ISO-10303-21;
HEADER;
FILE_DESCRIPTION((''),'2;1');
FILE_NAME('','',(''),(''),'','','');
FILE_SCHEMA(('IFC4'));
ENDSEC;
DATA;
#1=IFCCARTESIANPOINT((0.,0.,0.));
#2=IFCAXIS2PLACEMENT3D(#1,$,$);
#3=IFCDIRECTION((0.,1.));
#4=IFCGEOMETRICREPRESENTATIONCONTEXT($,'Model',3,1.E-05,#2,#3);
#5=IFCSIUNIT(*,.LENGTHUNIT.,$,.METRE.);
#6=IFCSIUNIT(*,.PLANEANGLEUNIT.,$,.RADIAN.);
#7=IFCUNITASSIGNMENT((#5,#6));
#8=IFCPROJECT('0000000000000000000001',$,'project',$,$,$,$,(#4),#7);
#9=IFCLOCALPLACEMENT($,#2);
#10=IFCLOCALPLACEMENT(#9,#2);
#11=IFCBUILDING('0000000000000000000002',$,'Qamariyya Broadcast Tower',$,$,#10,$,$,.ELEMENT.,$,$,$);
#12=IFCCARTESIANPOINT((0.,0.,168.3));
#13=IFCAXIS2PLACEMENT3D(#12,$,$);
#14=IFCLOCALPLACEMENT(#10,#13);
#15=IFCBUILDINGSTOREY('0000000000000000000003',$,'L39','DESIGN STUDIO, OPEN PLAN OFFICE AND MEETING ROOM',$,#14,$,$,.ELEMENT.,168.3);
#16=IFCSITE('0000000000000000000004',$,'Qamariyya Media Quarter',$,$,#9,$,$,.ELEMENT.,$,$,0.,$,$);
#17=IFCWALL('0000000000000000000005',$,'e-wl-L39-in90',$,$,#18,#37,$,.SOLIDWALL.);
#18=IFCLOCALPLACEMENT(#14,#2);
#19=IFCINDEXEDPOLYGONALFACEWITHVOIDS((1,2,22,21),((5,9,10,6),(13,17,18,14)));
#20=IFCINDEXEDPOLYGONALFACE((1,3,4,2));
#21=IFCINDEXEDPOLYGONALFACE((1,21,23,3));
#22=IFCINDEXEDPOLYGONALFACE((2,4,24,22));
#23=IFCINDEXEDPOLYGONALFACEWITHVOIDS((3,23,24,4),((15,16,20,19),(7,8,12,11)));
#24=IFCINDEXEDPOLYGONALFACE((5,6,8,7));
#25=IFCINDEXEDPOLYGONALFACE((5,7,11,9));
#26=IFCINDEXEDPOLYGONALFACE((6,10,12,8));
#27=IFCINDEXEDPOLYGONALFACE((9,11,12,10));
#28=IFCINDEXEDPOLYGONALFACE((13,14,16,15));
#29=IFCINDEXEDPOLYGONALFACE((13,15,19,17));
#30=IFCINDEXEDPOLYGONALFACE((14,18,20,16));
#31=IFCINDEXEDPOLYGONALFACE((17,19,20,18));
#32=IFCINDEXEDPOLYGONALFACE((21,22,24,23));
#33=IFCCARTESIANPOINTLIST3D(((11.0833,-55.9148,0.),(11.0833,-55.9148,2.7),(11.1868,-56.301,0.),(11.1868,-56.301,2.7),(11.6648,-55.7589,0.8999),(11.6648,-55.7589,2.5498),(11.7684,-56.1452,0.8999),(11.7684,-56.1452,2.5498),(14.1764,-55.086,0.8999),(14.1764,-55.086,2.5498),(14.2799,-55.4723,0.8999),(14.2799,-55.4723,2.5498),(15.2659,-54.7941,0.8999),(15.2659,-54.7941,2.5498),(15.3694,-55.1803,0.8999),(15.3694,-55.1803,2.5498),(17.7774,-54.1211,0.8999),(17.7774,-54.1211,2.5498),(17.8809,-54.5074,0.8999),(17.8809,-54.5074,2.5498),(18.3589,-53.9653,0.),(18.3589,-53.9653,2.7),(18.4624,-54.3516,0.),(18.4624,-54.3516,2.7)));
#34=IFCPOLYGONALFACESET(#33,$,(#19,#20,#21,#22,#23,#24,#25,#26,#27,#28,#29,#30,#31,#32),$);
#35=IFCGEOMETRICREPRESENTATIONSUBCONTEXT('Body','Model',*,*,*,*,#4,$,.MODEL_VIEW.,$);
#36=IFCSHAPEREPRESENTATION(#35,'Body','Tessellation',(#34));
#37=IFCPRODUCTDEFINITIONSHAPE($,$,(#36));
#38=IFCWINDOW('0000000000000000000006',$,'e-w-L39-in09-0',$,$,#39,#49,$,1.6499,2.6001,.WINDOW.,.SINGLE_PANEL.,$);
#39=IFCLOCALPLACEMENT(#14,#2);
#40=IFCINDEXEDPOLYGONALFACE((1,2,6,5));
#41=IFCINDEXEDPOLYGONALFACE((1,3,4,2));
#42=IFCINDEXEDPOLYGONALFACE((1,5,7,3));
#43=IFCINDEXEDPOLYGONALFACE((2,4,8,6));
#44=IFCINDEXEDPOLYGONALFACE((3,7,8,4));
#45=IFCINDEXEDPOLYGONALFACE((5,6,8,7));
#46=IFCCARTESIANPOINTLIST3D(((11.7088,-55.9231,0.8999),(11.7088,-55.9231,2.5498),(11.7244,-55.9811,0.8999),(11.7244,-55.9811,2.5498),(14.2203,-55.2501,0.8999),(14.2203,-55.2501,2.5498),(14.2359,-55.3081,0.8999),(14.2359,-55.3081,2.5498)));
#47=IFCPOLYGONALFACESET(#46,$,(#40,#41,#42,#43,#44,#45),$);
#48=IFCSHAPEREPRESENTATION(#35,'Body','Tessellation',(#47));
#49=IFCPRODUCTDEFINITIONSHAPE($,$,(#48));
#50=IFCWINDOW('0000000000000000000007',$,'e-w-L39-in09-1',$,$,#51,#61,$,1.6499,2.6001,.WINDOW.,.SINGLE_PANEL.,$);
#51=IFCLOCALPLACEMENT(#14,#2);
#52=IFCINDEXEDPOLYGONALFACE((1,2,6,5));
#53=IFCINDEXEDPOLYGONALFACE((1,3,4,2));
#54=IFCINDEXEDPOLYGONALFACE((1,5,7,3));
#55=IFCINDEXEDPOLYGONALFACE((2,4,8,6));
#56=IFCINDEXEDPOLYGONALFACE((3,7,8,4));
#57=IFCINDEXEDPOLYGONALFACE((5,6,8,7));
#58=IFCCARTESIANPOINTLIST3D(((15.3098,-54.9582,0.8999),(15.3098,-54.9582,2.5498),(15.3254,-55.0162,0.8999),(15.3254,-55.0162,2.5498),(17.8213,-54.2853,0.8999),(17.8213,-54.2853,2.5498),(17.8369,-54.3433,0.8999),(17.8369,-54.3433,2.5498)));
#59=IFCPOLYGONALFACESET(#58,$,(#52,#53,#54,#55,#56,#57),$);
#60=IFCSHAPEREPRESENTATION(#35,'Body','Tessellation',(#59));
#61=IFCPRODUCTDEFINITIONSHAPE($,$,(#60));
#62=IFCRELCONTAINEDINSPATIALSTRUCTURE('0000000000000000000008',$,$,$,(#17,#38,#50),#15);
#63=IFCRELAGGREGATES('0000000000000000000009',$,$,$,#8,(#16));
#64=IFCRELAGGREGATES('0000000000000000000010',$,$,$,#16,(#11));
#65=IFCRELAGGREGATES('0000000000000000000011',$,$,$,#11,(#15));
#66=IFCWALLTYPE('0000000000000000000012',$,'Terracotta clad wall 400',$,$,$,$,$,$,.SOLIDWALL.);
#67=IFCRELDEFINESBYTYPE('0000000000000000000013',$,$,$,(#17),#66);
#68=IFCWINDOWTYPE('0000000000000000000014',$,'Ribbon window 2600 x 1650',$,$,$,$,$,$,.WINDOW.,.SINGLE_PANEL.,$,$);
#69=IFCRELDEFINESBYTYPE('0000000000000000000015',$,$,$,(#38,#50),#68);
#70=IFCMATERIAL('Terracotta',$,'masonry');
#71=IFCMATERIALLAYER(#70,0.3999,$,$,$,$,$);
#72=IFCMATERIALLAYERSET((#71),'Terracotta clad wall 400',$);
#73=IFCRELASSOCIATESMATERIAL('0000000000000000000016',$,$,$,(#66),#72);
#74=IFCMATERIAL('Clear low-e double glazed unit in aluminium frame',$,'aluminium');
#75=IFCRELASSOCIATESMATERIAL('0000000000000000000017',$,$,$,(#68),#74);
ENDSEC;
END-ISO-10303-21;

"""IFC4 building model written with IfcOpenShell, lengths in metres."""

from ifc_helpers import new_model, si_unit, direction, frame, frame_2d, origin, place, context, subcontext, project, spatial, rectangle, extrude, material, layer, layer_set, type_object, element, fill, save


model = new_model("IFC4")

# Units and contexts
model_context = context("Model", 3, precision=1e-05, world=origin(), true_north=direction((0.0, 1.0)))
body_context = subcontext(model_context, "Body", "Model", "MODEL_VIEW")
ifc_project = project(units=[si_unit("LENGTHUNIT", "METRE"), si_unit("PLANEANGLEUNIT", "RADIAN")], contexts=[model_context])

# Site, building, storey
site_placement = place(None, origin())
site = spatial("IfcSite", under=ifc_project, at=site_placement, Name="Qamariyya Media Quarter", CompositionType="ELEMENT", RefElevation=0.0)
building_placement = place(site_placement, origin())
building = spatial("IfcBuilding", under=site, at=building_placement, Name="Qamariyya Broadcast Tower", CompositionType="ELEMENT")
storey_placement = place(building_placement, frame((0.0, 0.0, 168.3)))
storey = spatial("IfcBuildingStorey", under=building, at=storey_placement, Name="L39", Description="DESIGN STUDIO, OPEN PLAN OFFICE AND MEETING ROOM", CompositionType="ELEMENT", Elevation=168.3)

# Wall, openings, windows
ifc_material_1 = material(Name="Terracotta", Category="masonry")
ifc_layer_1 = layer(ifc_material_1, 0.3999)
ifc_layer_set_1 = layer_set([ifc_layer_1], Name="Terracotta clad wall 400")
wall_type_1 = type_object("IfcWallType", Name="Terracotta clad wall 400", PredefinedType="SOLIDWALL", material=ifc_layer_set_1)
ifc_material_2 = material(Name="Clear low-e double glazed unit in aluminium frame", Category="aluminium")
window_type = type_object("IfcWindowType", Name="Ribbon window 2600 x 1650", PartitioningType="SINGLE_PANEL", PredefinedType="WINDOW", material=ifc_material_2)
wall_1_placement = place(storey_placement, frame((18.4106, -54.1584, 0.0), z_axis=(0.0, 0.0, 1.0), x_axis=(-0.965927, -0.258814, 0.0)))
wall_1 = element("IfcWall", 1, at=wall_1_placement, inside=storey, type_object=wall_type_1, Name="e-wl-L39-in90", PredefinedType="SOLIDWALL", context=body_context, shape_type="SweptSolid", body=[
    extrude(rectangle(XDim=7.5322, YDim=0.3999, at=frame_2d((3.7661, 0.0))), origin(), (0.0, 0.0, 1.0), 2.7),
])
opening_1_placement = place(wall_1_placement, frame((4.3301, 0.0, 0.8999)))
opening_1 = element("IfcOpeningElement", 2, at=opening_1_placement, cuts=wall_1, PredefinedType="OPENING", context=body_context, shape_type="SweptSolid", body=[
    extrude(rectangle(XDim=2.6001, YDim=1.6499, at=frame_2d((1.3, 0.825))), frame((0.0, 0.21, 0.0), z_axis=(0.0, -1.0, 0.0), x_axis=(1.0, 0.0, 0.0)), (0.0, 0.0, 1.0), 0.4199),
])
opening_2_placement = place(wall_1_placement, frame((0.6021, 0.0, 0.8999)))
opening_2 = element("IfcOpeningElement", 3, at=opening_2_placement, cuts=wall_1, PredefinedType="OPENING", context=body_context, shape_type="SweptSolid", body=[
    extrude(rectangle(XDim=2.6001, YDim=1.6499, at=frame_2d((1.3, 0.825))), frame((0.0, 0.21, 0.0), z_axis=(0.0, -1.0, 0.0), x_axis=(1.0, 0.0, 0.0)), (0.0, 0.0, 1.0), 0.4199),
])
window_1_placement = place(opening_1_placement, origin())
window_1 = element("IfcWindow", 4, at=window_1_placement, inside=storey, type_object=window_type, Name="e-w-L39-in09-0", OverallHeight=1.6499, OverallWidth=2.6001, PartitioningType="SINGLE_PANEL", PredefinedType="WINDOW", context=body_context, shape_type="SweptSolid", body=[
    extrude(rectangle(XDim=2.6001, YDim=1.6499, at=frame_2d((1.3, 0.825))), frame((0.0, 0.03, 0.0), z_axis=(0.0, -1.0, 0.0), x_axis=(1.0, 0.0, 0.0)), (0.0, 0.0, 1.0), 0.0601),
])
fill(opening_1, window_1)
window_2_placement = place(opening_2_placement, origin())
window_2 = element("IfcWindow", 5, at=window_2_placement, inside=storey, type_object=window_type, Name="e-w-L39-in09-1", OverallHeight=1.6499, OverallWidth=2.6001, PartitioningType="SINGLE_PANEL", PredefinedType="WINDOW", context=body_context, shape_type="SweptSolid", body=[
    extrude(rectangle(XDim=2.6001, YDim=1.6499, at=frame_2d((1.3, 0.825))), frame((0.0, 0.03, 0.0), z_axis=(0.0, -1.0, 0.0), x_axis=(1.0, 0.0, 0.0)), (0.0, 0.0, 1.0), 0.0601),
])
fill(opening_2, window_2)

save(model, "model.ifc")
